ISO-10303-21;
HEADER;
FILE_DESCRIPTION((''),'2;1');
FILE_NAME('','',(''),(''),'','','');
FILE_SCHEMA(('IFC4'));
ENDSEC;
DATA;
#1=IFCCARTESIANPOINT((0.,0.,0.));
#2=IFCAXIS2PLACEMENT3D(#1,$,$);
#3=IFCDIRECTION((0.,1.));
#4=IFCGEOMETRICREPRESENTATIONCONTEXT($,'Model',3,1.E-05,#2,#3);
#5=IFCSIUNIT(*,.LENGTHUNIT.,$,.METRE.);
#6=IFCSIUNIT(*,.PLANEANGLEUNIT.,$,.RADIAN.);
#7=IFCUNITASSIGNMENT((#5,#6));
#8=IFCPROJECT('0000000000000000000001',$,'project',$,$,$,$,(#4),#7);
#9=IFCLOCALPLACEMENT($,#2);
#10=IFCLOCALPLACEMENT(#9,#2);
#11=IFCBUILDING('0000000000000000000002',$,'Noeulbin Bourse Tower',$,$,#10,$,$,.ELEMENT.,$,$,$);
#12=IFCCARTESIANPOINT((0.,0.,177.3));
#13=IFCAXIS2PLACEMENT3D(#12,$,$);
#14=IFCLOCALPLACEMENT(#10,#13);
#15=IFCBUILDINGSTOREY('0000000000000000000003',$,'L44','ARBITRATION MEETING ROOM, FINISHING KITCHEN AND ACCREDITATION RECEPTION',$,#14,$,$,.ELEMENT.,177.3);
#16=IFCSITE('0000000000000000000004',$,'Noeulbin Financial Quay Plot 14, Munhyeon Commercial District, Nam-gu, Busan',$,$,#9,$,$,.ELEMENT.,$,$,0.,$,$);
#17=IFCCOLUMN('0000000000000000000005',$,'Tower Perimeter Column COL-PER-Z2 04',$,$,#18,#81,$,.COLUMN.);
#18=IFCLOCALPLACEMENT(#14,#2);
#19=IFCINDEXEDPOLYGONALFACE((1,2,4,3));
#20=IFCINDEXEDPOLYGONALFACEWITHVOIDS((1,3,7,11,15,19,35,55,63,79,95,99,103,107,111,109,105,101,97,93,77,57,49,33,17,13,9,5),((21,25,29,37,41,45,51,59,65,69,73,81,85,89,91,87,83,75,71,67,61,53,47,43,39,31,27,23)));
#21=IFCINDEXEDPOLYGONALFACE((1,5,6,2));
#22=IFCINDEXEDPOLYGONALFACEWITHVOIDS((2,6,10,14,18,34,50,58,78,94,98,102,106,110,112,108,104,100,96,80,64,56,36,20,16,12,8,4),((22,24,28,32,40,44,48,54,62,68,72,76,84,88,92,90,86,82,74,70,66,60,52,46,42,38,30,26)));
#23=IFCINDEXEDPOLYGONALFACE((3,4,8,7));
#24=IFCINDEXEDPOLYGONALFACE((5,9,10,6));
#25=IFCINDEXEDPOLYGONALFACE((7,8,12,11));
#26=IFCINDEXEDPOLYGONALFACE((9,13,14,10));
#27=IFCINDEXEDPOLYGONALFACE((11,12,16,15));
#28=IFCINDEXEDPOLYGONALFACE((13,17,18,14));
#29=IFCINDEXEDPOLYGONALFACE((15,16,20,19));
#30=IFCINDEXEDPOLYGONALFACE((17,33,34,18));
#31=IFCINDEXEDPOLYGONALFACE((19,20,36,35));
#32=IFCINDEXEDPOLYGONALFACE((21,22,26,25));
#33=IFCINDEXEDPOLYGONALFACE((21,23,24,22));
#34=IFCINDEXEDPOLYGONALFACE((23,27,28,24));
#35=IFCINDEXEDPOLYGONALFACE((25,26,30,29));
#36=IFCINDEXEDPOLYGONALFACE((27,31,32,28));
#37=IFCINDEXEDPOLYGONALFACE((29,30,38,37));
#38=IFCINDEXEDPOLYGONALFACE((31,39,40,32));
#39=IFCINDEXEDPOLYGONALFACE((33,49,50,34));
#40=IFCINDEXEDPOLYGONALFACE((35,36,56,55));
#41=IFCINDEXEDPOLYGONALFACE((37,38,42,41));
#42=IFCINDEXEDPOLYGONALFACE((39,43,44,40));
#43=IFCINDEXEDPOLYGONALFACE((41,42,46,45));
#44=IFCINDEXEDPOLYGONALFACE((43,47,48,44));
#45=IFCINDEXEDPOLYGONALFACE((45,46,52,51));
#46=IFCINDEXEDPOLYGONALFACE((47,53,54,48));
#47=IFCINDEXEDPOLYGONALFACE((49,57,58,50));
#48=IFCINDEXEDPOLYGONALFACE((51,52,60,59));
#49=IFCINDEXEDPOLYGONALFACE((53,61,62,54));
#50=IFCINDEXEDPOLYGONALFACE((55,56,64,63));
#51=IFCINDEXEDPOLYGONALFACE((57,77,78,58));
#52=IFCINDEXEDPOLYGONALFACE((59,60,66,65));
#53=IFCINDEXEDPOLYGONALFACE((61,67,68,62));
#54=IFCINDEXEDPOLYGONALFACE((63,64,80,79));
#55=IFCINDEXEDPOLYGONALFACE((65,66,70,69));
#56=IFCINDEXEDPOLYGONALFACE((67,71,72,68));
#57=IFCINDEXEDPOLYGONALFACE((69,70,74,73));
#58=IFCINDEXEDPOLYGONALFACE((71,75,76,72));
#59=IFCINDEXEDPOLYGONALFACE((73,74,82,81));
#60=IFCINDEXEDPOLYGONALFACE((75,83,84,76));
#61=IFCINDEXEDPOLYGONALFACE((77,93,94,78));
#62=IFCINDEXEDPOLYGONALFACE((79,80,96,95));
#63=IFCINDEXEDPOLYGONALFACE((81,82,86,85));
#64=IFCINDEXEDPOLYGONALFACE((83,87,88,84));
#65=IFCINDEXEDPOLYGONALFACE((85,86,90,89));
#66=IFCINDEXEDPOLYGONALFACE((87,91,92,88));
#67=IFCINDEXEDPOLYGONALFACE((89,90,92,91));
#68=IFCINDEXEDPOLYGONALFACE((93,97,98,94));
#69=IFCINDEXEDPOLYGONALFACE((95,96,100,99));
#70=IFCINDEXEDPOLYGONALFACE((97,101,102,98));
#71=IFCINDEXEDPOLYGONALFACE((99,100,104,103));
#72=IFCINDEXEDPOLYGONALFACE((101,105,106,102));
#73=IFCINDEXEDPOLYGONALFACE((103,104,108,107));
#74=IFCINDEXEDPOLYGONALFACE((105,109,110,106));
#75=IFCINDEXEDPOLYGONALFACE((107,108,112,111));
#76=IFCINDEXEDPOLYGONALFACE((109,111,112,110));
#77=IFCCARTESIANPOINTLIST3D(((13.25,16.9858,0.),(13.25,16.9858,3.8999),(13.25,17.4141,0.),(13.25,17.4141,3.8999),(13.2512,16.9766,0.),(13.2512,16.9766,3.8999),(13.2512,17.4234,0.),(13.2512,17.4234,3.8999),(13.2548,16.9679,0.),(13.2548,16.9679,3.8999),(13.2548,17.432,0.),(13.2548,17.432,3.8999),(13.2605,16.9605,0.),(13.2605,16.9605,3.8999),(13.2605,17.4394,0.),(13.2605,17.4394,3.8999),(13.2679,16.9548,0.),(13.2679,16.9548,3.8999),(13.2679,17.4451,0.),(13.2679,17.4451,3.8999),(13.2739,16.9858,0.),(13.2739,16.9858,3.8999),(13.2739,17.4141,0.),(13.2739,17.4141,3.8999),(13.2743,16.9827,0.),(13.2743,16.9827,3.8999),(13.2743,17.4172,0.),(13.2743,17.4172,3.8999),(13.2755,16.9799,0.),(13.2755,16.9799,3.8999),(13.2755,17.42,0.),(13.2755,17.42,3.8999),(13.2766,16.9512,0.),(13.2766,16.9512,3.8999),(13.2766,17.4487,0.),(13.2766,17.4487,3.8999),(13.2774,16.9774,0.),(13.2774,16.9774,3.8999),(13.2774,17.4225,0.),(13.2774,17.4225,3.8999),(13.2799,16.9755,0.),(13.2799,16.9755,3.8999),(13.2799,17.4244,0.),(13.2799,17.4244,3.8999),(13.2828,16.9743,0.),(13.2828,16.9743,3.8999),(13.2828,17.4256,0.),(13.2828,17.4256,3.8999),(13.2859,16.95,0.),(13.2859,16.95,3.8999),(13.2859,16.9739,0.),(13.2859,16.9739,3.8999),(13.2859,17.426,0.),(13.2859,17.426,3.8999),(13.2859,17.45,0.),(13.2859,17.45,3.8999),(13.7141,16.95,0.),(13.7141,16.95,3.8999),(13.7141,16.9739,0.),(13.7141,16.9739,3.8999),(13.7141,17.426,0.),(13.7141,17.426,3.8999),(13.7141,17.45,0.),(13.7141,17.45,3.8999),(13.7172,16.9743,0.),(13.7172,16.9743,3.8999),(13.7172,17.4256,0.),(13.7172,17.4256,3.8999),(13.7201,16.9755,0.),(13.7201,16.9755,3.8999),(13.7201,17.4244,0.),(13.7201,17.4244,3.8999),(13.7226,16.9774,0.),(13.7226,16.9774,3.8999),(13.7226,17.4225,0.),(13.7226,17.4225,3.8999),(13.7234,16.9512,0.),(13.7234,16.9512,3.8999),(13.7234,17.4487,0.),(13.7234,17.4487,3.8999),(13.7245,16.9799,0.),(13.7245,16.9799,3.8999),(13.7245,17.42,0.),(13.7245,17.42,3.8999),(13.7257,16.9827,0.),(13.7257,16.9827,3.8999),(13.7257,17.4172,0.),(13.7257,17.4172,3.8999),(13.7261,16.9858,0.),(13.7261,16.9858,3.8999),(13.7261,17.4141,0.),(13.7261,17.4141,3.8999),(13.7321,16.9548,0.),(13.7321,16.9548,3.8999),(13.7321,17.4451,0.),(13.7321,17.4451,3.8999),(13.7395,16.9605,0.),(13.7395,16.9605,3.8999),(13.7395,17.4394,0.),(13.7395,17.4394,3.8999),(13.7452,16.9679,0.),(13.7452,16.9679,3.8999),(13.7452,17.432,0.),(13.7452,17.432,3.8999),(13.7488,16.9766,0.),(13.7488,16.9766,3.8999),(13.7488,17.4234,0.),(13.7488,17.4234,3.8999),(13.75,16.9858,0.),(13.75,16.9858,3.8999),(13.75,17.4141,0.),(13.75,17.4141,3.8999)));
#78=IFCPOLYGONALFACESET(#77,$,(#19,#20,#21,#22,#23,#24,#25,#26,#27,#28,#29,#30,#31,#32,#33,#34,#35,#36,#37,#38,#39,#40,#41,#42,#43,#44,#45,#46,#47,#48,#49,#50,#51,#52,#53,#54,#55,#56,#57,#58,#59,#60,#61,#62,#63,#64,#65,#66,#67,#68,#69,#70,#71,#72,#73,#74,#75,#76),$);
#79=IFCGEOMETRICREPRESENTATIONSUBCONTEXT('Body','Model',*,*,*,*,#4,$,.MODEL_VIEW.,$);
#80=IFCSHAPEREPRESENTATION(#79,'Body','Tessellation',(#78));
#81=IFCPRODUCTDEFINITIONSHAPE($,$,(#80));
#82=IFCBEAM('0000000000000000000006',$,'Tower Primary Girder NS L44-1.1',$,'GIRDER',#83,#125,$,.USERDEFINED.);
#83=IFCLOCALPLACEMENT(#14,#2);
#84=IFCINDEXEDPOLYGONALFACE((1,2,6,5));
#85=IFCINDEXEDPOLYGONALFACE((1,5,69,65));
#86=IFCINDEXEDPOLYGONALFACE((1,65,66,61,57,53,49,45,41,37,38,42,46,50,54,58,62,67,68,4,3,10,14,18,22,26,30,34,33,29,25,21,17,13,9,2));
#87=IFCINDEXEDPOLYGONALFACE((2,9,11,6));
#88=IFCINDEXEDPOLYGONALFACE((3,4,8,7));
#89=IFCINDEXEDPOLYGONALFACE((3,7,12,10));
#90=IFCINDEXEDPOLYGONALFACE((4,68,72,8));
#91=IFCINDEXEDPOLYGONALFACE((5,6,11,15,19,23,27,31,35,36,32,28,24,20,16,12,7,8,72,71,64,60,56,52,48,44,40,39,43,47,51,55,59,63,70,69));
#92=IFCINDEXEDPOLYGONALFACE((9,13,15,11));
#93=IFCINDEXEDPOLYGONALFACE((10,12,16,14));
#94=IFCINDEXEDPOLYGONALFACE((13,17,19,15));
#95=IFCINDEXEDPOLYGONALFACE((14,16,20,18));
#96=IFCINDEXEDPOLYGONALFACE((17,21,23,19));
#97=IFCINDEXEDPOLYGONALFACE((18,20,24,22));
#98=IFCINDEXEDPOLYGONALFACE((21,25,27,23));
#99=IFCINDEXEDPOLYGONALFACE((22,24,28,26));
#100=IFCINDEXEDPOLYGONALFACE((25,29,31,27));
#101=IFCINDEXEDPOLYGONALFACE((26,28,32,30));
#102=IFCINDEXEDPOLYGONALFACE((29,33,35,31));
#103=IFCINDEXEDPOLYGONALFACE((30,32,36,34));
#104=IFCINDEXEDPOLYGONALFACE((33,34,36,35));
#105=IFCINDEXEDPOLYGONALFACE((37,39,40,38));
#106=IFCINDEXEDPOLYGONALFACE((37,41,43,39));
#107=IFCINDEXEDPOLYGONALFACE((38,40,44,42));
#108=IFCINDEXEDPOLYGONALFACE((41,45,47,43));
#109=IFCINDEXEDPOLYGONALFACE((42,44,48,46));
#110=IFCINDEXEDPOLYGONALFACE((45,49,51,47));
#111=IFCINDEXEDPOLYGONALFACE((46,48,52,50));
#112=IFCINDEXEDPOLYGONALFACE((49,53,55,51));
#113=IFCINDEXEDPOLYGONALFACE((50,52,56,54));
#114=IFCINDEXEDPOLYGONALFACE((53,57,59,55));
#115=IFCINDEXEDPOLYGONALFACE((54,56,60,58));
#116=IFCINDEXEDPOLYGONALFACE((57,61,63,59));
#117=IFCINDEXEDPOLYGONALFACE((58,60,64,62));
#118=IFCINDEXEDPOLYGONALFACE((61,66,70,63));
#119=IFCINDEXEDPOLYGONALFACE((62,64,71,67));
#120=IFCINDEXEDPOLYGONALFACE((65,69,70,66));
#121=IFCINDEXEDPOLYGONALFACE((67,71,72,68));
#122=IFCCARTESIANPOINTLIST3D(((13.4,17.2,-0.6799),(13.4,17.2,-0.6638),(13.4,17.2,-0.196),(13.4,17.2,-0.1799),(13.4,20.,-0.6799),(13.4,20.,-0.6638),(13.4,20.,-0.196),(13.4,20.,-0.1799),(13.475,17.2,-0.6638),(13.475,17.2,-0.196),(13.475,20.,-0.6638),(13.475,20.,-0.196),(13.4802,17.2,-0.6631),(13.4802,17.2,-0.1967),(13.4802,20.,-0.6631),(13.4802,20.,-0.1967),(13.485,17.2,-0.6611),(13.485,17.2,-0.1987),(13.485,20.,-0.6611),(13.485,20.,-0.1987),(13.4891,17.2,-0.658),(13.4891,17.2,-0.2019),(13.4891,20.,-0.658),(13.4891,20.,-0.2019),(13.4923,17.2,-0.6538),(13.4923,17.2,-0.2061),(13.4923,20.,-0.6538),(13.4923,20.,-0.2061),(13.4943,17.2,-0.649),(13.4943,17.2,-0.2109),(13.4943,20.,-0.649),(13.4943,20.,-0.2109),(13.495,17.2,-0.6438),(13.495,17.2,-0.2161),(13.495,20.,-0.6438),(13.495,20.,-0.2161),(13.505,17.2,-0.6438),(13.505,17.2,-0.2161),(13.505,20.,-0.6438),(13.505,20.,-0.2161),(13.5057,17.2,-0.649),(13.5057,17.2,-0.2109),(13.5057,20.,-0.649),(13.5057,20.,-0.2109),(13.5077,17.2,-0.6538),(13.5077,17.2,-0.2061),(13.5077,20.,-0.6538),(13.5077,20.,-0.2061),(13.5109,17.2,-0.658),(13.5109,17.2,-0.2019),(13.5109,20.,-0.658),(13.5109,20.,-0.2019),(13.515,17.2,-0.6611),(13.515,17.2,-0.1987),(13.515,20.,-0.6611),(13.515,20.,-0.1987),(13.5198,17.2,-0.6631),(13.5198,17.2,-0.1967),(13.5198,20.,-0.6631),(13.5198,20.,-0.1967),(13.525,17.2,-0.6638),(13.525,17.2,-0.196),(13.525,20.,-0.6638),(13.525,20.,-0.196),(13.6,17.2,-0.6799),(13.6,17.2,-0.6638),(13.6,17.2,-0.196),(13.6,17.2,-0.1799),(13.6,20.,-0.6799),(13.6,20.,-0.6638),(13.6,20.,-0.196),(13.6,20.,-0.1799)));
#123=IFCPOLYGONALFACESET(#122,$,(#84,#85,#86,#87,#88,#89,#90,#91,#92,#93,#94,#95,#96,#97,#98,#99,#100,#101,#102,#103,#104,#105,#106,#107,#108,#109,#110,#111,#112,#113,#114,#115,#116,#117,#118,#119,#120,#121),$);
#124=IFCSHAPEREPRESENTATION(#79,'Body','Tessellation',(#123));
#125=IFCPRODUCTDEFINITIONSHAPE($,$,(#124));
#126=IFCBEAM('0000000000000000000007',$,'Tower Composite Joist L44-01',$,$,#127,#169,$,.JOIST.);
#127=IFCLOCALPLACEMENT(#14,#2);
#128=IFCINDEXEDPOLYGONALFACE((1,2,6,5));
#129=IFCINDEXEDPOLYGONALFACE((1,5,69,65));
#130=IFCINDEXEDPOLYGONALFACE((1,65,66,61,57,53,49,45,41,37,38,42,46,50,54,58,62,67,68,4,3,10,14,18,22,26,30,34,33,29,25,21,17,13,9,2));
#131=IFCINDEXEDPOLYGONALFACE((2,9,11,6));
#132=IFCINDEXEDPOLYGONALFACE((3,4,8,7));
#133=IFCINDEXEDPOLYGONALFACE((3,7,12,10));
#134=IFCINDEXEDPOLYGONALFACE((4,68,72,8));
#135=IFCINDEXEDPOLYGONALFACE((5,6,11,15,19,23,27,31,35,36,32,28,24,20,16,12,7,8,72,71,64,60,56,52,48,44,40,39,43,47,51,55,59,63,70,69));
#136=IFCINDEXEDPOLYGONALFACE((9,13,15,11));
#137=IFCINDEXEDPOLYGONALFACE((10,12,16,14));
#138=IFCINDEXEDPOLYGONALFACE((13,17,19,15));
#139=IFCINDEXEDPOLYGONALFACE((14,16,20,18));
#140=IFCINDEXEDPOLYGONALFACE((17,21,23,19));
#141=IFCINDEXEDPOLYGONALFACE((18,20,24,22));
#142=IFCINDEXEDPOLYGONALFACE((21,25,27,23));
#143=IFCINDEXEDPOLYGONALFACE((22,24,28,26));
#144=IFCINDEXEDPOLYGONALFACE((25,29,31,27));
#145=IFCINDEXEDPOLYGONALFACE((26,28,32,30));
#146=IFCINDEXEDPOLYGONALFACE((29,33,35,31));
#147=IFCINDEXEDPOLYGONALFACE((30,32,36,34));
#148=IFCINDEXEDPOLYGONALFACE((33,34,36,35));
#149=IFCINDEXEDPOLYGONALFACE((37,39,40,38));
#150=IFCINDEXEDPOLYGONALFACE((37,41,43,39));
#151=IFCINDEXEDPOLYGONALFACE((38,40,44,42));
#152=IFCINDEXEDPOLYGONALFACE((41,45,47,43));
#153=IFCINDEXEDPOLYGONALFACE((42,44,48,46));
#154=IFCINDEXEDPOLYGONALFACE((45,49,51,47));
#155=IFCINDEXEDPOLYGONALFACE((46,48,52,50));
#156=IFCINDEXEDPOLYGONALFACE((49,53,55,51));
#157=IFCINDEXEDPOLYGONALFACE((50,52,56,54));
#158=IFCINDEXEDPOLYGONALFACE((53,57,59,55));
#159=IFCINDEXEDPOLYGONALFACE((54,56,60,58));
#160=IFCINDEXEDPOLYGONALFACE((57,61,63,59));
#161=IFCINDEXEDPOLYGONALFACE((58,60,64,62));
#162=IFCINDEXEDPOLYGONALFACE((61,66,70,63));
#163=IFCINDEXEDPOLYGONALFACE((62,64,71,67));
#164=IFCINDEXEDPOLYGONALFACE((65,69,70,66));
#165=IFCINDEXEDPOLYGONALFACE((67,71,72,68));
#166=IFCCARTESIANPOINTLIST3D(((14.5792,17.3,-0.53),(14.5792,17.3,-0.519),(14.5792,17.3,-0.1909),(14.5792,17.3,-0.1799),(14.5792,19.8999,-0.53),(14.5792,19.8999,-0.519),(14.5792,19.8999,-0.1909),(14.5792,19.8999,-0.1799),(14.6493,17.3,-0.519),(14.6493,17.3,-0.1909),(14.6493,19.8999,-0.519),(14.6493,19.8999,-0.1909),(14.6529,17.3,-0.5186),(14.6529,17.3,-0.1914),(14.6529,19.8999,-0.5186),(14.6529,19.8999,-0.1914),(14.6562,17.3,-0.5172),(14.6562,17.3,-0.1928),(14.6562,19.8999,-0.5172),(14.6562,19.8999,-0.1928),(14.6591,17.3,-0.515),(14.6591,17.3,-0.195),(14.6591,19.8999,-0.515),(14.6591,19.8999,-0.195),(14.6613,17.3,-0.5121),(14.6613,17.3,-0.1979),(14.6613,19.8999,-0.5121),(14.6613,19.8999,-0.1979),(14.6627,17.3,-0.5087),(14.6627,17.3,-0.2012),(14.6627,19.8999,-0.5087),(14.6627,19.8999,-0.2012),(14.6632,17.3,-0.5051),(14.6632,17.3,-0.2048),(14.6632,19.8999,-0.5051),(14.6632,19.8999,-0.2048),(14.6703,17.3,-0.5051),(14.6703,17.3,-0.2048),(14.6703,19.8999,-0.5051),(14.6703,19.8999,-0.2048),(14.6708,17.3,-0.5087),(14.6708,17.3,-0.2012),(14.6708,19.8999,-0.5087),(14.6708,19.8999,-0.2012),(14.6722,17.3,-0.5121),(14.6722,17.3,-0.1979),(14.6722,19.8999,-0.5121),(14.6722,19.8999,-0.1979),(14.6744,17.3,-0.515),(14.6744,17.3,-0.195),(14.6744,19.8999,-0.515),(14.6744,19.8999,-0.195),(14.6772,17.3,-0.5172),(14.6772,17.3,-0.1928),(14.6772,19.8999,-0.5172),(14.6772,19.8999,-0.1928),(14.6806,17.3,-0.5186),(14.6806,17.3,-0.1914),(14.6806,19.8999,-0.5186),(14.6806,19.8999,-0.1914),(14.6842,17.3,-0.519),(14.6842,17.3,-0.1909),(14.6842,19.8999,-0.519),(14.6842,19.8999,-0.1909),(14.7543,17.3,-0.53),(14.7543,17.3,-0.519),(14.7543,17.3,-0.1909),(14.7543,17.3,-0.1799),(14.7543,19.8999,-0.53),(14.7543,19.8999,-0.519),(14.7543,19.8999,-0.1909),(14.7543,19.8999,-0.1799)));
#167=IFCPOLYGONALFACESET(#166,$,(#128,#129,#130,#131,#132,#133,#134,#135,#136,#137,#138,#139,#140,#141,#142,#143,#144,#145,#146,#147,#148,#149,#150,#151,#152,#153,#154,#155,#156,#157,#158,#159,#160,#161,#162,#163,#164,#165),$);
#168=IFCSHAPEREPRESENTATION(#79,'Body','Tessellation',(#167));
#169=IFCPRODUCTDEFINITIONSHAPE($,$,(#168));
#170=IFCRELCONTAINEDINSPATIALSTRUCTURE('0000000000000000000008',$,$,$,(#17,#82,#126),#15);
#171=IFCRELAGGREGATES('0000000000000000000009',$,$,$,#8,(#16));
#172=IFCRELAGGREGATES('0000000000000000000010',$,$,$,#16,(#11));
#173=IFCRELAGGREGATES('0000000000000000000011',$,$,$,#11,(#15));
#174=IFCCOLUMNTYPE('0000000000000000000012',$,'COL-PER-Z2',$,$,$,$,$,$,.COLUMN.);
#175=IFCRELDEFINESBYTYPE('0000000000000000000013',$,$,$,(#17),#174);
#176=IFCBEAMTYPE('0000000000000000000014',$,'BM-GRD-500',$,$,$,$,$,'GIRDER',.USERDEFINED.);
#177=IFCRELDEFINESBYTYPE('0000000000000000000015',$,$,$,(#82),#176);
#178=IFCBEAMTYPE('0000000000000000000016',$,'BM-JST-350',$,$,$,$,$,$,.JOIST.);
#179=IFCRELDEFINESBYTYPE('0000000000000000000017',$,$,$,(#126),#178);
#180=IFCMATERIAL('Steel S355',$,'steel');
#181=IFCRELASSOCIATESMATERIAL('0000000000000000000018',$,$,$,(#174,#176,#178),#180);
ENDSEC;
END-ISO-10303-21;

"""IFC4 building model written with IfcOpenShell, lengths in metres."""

from ifc_helpers import new_model, si_unit, direction, frame, origin, origin_2d, place, context, subcontext, project, spatial, hollow_rectangle, i_section, extrude, material, material_profile, profile_set, type_object, element, save


model = new_model("IFC4")

# Units and contexts
model_context = context("Model", 3, precision=1e-05, world=origin(), true_north=direction((0.0, 1.0)))
body_context = subcontext(model_context, "Body", "Model", "MODEL_VIEW")
ifc_project = project(units=[si_unit("LENGTHUNIT", "METRE"), si_unit("PLANEANGLEUNIT", "RADIAN")], contexts=[model_context])

# Site, building, storey
site_placement = place(None, origin())
site = spatial("IfcSite", under=ifc_project, at=site_placement, Name="Noeulbin Financial Quay Plot 14, Munhyeon Commercial District, Nam-gu, Busan", CompositionType="ELEMENT", RefElevation=0.0)
building_placement = place(site_placement, origin())
building = spatial("IfcBuilding", under=site, at=building_placement, Name="Noeulbin Bourse Tower", CompositionType="ELEMENT")
storey_placement = place(building_placement, frame((0.0, 0.0, 177.3)))
storey = spatial("IfcBuildingStorey", under=building, at=storey_placement, Name="L44", Description="ARBITRATION MEETING ROOM, FINISHING KITCHEN AND ACCREDITATION RECEPTION", CompositionType="ELEMENT", Elevation=177.3)

# Column
ifc_material_1 = material(Name="Steel S355", Category="steel")
ifc_material_profile_1 = material_profile(ifc_material_1, hollow_rectangle(XDim=0.5, YDim=0.5, WallThickness=0.0239, InnerFilletRadius=0.012, OuterFilletRadius=0.0359, at=origin_2d()), Name="BOX-500x500x24", Category="LoadBearing")
ifc_profile_set_1 = profile_set([ifc_material_profile_1], Name="Steel S355")
column_type = type_object("IfcColumnType", Name="COL-PER-Z2", PredefinedType="COLUMN", material=ifc_profile_set_1)
column_placement = place(storey_placement, frame((13.5, 17.2, 0.0), z_axis=(0.0, 0.0, 1.0), x_axis=(1.0, 0.0, 0.0)))
element("IfcColumn", 1, at=column_placement, inside=storey, type_object=column_type, Name="Tower Perimeter Column COL-PER-Z2 04", PredefinedType="COLUMN", context=body_context, shape_type="SweptSolid", body=[
    extrude(hollow_rectangle(XDim=0.5, YDim=0.5, WallThickness=0.0239, InnerFilletRadius=0.012, OuterFilletRadius=0.0359, at=origin_2d()), origin(), (0.0, 0.0, 1.0), 3.8999),
])

# Beams
ifc_material_profile_2 = material_profile(ifc_material_1, i_section(OverallWidth=0.2, OverallDepth=0.5, WebThickness=0.01, FlangeThickness=0.0161, FilletRadius=0.02, at=origin_2d()), Name="H-500x200x10x16", Category="LoadBearing")
ifc_profile_set_2 = profile_set([ifc_material_profile_2], Name="Steel S355")
beam_type_1 = type_object("IfcBeamType", Name="BM-GRD-500", ElementType="GIRDER", PredefinedType="USERDEFINED", material=ifc_profile_set_2)
beam_1_placement = place(storey_placement, frame((13.5, 17.2, -0.4299), z_axis=(0.0, 1.0, 0.0), x_axis=(-1.0, 0.0, 0.0)))
element("IfcBeam", 2, at=beam_1_placement, inside=storey, type_object=beam_type_1, Name="Tower Primary Girder NS L44-1.1", ObjectType="GIRDER", PredefinedType="USERDEFINED", context=body_context, shape_type="SweptSolid", body=[
    extrude(i_section(OverallWidth=0.2, OverallDepth=0.5, WebThickness=0.01, FlangeThickness=0.0161, FilletRadius=0.02, at=origin_2d()), origin(), (0.0, 0.0, 1.0), 2.8),
])
ifc_material_profile_3 = material_profile(ifc_material_1, i_section(OverallWidth=0.175, OverallDepth=0.3501, WebThickness=0.0071, FlangeThickness=0.011, FilletRadius=0.0139, at=origin_2d()), Name="H-350x175x7x11", Category="LoadBearing")
ifc_profile_set_3 = profile_set([ifc_material_profile_3], Name="Steel S355")
beam_type_2 = type_object("IfcBeamType", Name="BM-JST-350", PredefinedType="JOIST", material=ifc_profile_set_3)
for number, where, z_axis, x_axis, name in (
    (3, (14.6667, 17.3, -0.355), (0.0, 1.0, 0.0), (-1.0, 0.0, 0.0), "Tower Composite Joist L44-01"),
):
    element("IfcBeam", number, at=place(storey_placement, frame(where, z_axis=z_axis, x_axis=x_axis)), inside=storey, type_object=beam_type_2, Name=name, PredefinedType="JOIST", context=body_context, shape_type="SweptSolid", body=[
        extrude(i_section(OverallWidth=0.175, OverallDepth=0.3501, WebThickness=0.0071, FlangeThickness=0.011, FilletRadius=0.0139, at=origin_2d()), origin(), (0.0, 0.0, 1.0), 2.5999),
    ])

save(model, "model.ifc")
